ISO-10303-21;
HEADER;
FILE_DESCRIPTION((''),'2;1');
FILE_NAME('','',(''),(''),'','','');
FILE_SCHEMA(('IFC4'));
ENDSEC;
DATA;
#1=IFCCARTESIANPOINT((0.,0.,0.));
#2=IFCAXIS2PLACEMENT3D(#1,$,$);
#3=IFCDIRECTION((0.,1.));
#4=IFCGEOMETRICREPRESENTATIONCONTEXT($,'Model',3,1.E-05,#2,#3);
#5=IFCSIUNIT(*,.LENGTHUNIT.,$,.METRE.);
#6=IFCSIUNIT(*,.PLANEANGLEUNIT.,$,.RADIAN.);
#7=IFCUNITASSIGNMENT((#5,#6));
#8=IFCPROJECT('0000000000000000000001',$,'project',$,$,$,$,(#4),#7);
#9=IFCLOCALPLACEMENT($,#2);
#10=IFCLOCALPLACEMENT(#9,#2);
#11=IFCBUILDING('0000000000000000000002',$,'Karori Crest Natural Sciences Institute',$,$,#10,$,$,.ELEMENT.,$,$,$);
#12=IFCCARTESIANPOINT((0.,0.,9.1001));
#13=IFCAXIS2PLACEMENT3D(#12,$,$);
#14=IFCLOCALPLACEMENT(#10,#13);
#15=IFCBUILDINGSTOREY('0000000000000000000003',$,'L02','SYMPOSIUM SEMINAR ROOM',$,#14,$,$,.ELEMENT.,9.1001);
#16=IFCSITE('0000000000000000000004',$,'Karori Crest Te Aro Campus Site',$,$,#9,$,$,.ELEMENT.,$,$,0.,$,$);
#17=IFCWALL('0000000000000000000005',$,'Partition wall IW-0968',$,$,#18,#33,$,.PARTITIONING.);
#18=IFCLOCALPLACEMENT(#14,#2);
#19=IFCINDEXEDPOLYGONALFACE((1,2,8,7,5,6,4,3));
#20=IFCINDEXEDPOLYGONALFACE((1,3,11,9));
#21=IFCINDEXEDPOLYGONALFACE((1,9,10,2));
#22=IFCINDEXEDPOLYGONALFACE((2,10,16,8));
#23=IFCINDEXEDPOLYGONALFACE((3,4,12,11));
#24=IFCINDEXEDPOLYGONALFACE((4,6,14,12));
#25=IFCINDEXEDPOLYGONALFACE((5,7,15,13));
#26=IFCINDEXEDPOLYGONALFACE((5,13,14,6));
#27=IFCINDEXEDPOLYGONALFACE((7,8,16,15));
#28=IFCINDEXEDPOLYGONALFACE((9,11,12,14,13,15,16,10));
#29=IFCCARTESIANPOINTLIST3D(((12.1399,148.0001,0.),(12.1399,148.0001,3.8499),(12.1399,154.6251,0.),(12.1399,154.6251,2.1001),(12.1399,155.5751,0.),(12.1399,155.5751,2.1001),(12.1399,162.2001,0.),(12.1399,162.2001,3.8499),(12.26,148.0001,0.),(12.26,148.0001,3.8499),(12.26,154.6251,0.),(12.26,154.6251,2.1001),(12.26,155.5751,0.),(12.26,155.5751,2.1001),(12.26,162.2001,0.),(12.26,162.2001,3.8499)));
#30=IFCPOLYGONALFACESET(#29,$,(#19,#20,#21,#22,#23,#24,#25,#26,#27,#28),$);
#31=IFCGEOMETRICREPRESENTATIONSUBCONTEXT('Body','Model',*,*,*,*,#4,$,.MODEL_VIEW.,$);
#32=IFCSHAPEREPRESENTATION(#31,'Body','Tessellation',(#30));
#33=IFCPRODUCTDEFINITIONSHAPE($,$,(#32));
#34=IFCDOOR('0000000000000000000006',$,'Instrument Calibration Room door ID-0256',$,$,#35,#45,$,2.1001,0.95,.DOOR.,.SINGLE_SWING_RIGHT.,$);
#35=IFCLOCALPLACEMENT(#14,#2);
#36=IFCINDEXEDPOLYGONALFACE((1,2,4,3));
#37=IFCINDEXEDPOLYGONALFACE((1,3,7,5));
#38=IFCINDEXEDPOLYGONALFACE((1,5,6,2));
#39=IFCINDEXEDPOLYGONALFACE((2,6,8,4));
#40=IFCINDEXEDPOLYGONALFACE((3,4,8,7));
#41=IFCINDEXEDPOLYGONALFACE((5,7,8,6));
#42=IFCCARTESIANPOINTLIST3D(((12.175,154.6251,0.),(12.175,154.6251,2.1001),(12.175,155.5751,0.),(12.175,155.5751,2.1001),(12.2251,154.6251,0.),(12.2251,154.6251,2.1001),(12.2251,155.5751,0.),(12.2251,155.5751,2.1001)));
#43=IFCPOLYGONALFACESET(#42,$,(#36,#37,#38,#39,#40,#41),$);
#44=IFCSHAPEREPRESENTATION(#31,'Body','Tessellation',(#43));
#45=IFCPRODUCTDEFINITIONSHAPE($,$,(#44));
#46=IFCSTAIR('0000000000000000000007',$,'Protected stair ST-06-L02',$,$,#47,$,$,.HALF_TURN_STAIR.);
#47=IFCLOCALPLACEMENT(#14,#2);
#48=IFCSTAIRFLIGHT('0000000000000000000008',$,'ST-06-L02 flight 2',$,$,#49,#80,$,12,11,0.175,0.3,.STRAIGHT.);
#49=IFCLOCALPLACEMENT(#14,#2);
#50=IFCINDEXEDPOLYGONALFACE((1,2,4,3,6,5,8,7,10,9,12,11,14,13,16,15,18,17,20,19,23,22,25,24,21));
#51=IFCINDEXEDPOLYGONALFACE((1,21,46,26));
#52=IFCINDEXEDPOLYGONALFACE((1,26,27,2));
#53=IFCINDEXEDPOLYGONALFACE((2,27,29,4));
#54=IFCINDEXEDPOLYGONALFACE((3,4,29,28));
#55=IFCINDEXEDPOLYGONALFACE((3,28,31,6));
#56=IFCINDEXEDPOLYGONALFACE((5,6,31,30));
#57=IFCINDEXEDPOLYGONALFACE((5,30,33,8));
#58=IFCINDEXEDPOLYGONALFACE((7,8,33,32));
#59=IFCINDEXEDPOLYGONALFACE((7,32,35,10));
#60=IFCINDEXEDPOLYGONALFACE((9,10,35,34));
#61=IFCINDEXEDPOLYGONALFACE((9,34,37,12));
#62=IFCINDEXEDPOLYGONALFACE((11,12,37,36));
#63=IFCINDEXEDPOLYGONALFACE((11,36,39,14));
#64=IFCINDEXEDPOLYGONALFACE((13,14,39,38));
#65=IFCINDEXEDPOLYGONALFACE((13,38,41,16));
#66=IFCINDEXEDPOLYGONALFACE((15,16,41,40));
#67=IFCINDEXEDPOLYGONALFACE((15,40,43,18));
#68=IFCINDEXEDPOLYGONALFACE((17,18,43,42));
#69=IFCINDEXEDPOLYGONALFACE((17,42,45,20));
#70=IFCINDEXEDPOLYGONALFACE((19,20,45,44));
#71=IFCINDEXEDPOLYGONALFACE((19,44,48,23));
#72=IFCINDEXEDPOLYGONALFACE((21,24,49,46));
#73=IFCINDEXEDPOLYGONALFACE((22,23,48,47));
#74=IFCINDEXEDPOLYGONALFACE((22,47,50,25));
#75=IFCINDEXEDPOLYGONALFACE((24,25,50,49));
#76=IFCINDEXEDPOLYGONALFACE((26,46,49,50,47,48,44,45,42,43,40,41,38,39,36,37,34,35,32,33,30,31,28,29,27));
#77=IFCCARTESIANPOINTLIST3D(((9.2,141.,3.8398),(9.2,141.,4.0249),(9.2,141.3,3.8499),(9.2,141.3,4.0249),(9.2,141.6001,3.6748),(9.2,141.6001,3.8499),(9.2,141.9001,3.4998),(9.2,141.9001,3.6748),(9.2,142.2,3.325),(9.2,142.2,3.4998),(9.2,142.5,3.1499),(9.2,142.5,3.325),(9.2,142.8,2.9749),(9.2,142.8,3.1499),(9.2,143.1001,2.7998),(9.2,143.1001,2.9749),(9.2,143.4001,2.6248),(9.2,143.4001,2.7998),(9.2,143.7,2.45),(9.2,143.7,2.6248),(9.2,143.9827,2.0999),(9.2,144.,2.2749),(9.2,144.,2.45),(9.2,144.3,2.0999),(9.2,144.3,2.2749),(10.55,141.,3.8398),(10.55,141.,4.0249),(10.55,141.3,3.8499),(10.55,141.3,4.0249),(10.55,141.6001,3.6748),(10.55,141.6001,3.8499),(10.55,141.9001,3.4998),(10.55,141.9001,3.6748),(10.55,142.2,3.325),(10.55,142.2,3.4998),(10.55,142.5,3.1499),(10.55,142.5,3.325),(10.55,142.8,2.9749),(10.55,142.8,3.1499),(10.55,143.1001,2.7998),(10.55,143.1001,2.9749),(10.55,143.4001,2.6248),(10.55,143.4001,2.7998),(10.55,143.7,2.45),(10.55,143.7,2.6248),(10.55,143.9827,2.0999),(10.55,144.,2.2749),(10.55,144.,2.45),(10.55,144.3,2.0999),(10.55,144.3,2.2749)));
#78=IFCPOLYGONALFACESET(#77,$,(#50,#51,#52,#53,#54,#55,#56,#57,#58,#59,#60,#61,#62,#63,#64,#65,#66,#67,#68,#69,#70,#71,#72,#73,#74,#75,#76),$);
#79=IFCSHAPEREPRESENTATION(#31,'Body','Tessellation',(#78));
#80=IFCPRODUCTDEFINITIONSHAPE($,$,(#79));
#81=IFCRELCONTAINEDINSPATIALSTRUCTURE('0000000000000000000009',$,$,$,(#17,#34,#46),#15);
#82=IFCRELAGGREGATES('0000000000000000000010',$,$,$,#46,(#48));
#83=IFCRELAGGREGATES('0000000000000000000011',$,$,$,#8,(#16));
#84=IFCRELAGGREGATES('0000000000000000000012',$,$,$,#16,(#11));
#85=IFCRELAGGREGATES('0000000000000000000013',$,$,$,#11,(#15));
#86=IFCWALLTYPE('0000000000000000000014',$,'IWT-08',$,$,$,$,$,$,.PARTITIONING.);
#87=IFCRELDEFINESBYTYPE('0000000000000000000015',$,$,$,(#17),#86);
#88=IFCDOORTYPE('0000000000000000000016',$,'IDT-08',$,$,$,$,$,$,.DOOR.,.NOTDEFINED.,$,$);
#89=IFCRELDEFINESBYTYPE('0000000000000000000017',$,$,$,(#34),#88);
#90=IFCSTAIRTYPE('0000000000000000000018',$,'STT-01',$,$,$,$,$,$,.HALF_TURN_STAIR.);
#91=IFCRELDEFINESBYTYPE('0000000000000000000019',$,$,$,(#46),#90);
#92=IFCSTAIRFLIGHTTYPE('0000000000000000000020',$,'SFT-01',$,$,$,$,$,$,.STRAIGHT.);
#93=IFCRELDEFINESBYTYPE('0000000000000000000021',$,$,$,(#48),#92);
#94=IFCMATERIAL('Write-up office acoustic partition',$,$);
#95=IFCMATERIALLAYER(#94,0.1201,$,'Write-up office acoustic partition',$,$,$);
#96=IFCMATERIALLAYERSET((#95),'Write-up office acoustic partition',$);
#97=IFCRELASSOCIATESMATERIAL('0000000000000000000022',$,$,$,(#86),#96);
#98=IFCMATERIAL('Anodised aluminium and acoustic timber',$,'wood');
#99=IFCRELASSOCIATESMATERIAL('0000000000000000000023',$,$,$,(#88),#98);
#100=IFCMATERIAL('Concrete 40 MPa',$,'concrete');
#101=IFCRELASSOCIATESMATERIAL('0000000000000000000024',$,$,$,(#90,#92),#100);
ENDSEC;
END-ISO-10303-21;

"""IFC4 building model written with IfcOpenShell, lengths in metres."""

from ifc_helpers import new_model, si_unit, direction, frame, frame_2d, origin, place, context, subcontext, project, spatial, polyline, rectangle, outline, extrude, material, layer, layer_set, type_object, element, fill, aggregate, save


model = new_model("IFC4")

# Units and contexts
model_context = context("Model", 3, precision=1e-05, world=origin(), true_north=direction((0.0, 1.0)))
body_context = subcontext(model_context, "Body", "Model", "MODEL_VIEW")
ifc_project = project(units=[si_unit("LENGTHUNIT", "METRE"), si_unit("PLANEANGLEUNIT", "RADIAN")], contexts=[model_context])

# Site, building, storey
site_placement = place(None, origin())
site = spatial("IfcSite", under=ifc_project, at=site_placement, Name="Karori Crest Te Aro Campus Site", CompositionType="ELEMENT", RefElevation=0.0)
building_placement = place(site_placement, origin())
building = spatial("IfcBuilding", under=site, at=building_placement, Name="Karori Crest Natural Sciences Institute", CompositionType="ELEMENT")
storey_placement = place(building_placement, frame((0.0, 0.0, 9.1001)))
storey = spatial("IfcBuildingStorey", under=building, at=storey_placement, Name="L02", Description="SYMPOSIUM SEMINAR ROOM", CompositionType="ELEMENT", Elevation=9.1001)

# Shared definitions
ifc_material_1 = material(Name="Write-up office acoustic partition")
ifc_layer_1 = layer(ifc_material_1, 0.1201, Name="Write-up office acoustic partition")
ifc_layer_set_1 = layer_set([ifc_layer_1], Name="Write-up office acoustic partition")
wall_type_1 = type_object("IfcWallType", Name="IWT-08", PredefinedType="PARTITIONING", material=ifc_layer_set_1)

# Wall, opening, door
wall_1_placement = place(storey_placement, frame((12.2, 148.0, 0.0), z_axis=(0.0, 0.0, 1.0), x_axis=(0.0, 1.0, 0.0)))
wall_1 = element("IfcWall", 1, at=wall_1_placement, inside=storey, type_object=wall_type_1, Name="Partition wall IW-0968", PredefinedType="PARTITIONING", context=body_context, shape_type="SweptSolid", body=[
    extrude(rectangle(XDim=14.2, YDim=0.1201, at=frame_2d((7.1001, 0.0))), origin(), (0.0, 0.0, 1.0), 3.8499),
])
opening_placement = place(wall_1_placement, frame((6.625, 0.0, 0.0)))
opening = element("IfcOpeningElement", 2, at=opening_placement, cuts=wall_1, PredefinedType="OPENING", context=body_context, shape_type="SweptSolid", body=[
    extrude(rectangle(XDim=0.95, YDim=2.1001, at=frame_2d((0.4751, 1.05))), frame((0.0, 0.0701, 0.0), z_axis=(0.0, -1.0, 0.0), x_axis=(1.0, 0.0, 0.0)), (0.0, 0.0, 1.0), 0.1401),
])
ifc_material_2 = material(Name="Anodised aluminium and acoustic timber", Category="wood")
door_type = type_object("IfcDoorType", Name="IDT-08", OperationType="NOTDEFINED", PredefinedType="DOOR", material=ifc_material_2)
door_placement = place(opening_placement, origin())
door = element("IfcDoor", 3, at=door_placement, inside=storey, type_object=door_type, Name="Instrument Calibration Room door ID-0256", OperationType="SINGLE_SWING_RIGHT", OverallHeight=2.1001, OverallWidth=0.95, PredefinedType="DOOR", context=body_context, shape_type="SweptSolid", body=[
    extrude(rectangle(XDim=0.95, YDim=2.1001, at=frame_2d((0.4751, 1.05))), frame((0.0, 0.0249, 0.0), z_axis=(0.0, -1.0, 0.0), x_axis=(1.0, 0.0, 0.0)), (0.0, 0.0, 1.0), 0.05),
])
fill(opening, door)

# Stair, stair flight
ifc_material_3 = material(Name="Concrete 40 MPa", Category="concrete")
stair_type = type_object("IfcStairType", Name="STT-01", PredefinedType="HALF_TURN_STAIR", material=ifc_material_3)
stair_placement = place(storey_placement, origin())
stair = element("IfcStair", 4, at=stair_placement, inside=storey, type_object=stair_type, Name="Protected stair ST-06-L02", PredefinedType="HALF_TURN_STAIR")
stair_flight_type = type_object("IfcStairFlightType", Name="SFT-01", PredefinedType="STRAIGHT", material=ifc_material_3)
stair_flight_placement = place(storey_placement, frame((9.875, 144.3, 2.0999), z_axis=(0.0, 0.0, 1.0), x_axis=(0.0, -1.0, 0.0)))
stair_flight = element("IfcStairFlight", 5, at=stair_flight_placement, type_object=stair_flight_type, Name="ST-06-L02 flight 2", NumberOfRisers=12, NumberOfTreads=11, PredefinedType="STRAIGHT", RiserHeight=0.175, TreadLength=0.3, context=body_context, shape_type="SweptSolid", body=[
    extrude(outline(polyline([(0.0, 0.0), (0.0, 0.175), (0.3, 0.175), (0.3, 0.3501), (0.6001, 0.3501), (0.6001, 0.5249), (0.8999, 0.5249), (0.8999, 0.7), (1.2, 0.7), (1.2, 0.875), (1.5, 0.875), (1.5, 1.05), (1.8, 1.05), (1.8, 1.2251), (2.1001, 1.2251), (2.1001, 1.3999), (2.3999, 1.3999), (2.3999, 1.575), (2.7, 1.575), (2.7, 1.75), (3.0, 1.75), (3.0, 1.925), (3.3, 1.925), (3.3, 2.1001), (3.3, 1.74), (0.3174, 0.0), (0.0, 0.0)])), frame((0.0, 0.675, 0.0), z_axis=(0.0, -1.0, 0.0), x_axis=(1.0, 0.0, 0.0)), (0.0, 0.0, 1.0), 1.3501),
])
aggregate(stair, [stair_flight])

save(model, "model.ifc")
